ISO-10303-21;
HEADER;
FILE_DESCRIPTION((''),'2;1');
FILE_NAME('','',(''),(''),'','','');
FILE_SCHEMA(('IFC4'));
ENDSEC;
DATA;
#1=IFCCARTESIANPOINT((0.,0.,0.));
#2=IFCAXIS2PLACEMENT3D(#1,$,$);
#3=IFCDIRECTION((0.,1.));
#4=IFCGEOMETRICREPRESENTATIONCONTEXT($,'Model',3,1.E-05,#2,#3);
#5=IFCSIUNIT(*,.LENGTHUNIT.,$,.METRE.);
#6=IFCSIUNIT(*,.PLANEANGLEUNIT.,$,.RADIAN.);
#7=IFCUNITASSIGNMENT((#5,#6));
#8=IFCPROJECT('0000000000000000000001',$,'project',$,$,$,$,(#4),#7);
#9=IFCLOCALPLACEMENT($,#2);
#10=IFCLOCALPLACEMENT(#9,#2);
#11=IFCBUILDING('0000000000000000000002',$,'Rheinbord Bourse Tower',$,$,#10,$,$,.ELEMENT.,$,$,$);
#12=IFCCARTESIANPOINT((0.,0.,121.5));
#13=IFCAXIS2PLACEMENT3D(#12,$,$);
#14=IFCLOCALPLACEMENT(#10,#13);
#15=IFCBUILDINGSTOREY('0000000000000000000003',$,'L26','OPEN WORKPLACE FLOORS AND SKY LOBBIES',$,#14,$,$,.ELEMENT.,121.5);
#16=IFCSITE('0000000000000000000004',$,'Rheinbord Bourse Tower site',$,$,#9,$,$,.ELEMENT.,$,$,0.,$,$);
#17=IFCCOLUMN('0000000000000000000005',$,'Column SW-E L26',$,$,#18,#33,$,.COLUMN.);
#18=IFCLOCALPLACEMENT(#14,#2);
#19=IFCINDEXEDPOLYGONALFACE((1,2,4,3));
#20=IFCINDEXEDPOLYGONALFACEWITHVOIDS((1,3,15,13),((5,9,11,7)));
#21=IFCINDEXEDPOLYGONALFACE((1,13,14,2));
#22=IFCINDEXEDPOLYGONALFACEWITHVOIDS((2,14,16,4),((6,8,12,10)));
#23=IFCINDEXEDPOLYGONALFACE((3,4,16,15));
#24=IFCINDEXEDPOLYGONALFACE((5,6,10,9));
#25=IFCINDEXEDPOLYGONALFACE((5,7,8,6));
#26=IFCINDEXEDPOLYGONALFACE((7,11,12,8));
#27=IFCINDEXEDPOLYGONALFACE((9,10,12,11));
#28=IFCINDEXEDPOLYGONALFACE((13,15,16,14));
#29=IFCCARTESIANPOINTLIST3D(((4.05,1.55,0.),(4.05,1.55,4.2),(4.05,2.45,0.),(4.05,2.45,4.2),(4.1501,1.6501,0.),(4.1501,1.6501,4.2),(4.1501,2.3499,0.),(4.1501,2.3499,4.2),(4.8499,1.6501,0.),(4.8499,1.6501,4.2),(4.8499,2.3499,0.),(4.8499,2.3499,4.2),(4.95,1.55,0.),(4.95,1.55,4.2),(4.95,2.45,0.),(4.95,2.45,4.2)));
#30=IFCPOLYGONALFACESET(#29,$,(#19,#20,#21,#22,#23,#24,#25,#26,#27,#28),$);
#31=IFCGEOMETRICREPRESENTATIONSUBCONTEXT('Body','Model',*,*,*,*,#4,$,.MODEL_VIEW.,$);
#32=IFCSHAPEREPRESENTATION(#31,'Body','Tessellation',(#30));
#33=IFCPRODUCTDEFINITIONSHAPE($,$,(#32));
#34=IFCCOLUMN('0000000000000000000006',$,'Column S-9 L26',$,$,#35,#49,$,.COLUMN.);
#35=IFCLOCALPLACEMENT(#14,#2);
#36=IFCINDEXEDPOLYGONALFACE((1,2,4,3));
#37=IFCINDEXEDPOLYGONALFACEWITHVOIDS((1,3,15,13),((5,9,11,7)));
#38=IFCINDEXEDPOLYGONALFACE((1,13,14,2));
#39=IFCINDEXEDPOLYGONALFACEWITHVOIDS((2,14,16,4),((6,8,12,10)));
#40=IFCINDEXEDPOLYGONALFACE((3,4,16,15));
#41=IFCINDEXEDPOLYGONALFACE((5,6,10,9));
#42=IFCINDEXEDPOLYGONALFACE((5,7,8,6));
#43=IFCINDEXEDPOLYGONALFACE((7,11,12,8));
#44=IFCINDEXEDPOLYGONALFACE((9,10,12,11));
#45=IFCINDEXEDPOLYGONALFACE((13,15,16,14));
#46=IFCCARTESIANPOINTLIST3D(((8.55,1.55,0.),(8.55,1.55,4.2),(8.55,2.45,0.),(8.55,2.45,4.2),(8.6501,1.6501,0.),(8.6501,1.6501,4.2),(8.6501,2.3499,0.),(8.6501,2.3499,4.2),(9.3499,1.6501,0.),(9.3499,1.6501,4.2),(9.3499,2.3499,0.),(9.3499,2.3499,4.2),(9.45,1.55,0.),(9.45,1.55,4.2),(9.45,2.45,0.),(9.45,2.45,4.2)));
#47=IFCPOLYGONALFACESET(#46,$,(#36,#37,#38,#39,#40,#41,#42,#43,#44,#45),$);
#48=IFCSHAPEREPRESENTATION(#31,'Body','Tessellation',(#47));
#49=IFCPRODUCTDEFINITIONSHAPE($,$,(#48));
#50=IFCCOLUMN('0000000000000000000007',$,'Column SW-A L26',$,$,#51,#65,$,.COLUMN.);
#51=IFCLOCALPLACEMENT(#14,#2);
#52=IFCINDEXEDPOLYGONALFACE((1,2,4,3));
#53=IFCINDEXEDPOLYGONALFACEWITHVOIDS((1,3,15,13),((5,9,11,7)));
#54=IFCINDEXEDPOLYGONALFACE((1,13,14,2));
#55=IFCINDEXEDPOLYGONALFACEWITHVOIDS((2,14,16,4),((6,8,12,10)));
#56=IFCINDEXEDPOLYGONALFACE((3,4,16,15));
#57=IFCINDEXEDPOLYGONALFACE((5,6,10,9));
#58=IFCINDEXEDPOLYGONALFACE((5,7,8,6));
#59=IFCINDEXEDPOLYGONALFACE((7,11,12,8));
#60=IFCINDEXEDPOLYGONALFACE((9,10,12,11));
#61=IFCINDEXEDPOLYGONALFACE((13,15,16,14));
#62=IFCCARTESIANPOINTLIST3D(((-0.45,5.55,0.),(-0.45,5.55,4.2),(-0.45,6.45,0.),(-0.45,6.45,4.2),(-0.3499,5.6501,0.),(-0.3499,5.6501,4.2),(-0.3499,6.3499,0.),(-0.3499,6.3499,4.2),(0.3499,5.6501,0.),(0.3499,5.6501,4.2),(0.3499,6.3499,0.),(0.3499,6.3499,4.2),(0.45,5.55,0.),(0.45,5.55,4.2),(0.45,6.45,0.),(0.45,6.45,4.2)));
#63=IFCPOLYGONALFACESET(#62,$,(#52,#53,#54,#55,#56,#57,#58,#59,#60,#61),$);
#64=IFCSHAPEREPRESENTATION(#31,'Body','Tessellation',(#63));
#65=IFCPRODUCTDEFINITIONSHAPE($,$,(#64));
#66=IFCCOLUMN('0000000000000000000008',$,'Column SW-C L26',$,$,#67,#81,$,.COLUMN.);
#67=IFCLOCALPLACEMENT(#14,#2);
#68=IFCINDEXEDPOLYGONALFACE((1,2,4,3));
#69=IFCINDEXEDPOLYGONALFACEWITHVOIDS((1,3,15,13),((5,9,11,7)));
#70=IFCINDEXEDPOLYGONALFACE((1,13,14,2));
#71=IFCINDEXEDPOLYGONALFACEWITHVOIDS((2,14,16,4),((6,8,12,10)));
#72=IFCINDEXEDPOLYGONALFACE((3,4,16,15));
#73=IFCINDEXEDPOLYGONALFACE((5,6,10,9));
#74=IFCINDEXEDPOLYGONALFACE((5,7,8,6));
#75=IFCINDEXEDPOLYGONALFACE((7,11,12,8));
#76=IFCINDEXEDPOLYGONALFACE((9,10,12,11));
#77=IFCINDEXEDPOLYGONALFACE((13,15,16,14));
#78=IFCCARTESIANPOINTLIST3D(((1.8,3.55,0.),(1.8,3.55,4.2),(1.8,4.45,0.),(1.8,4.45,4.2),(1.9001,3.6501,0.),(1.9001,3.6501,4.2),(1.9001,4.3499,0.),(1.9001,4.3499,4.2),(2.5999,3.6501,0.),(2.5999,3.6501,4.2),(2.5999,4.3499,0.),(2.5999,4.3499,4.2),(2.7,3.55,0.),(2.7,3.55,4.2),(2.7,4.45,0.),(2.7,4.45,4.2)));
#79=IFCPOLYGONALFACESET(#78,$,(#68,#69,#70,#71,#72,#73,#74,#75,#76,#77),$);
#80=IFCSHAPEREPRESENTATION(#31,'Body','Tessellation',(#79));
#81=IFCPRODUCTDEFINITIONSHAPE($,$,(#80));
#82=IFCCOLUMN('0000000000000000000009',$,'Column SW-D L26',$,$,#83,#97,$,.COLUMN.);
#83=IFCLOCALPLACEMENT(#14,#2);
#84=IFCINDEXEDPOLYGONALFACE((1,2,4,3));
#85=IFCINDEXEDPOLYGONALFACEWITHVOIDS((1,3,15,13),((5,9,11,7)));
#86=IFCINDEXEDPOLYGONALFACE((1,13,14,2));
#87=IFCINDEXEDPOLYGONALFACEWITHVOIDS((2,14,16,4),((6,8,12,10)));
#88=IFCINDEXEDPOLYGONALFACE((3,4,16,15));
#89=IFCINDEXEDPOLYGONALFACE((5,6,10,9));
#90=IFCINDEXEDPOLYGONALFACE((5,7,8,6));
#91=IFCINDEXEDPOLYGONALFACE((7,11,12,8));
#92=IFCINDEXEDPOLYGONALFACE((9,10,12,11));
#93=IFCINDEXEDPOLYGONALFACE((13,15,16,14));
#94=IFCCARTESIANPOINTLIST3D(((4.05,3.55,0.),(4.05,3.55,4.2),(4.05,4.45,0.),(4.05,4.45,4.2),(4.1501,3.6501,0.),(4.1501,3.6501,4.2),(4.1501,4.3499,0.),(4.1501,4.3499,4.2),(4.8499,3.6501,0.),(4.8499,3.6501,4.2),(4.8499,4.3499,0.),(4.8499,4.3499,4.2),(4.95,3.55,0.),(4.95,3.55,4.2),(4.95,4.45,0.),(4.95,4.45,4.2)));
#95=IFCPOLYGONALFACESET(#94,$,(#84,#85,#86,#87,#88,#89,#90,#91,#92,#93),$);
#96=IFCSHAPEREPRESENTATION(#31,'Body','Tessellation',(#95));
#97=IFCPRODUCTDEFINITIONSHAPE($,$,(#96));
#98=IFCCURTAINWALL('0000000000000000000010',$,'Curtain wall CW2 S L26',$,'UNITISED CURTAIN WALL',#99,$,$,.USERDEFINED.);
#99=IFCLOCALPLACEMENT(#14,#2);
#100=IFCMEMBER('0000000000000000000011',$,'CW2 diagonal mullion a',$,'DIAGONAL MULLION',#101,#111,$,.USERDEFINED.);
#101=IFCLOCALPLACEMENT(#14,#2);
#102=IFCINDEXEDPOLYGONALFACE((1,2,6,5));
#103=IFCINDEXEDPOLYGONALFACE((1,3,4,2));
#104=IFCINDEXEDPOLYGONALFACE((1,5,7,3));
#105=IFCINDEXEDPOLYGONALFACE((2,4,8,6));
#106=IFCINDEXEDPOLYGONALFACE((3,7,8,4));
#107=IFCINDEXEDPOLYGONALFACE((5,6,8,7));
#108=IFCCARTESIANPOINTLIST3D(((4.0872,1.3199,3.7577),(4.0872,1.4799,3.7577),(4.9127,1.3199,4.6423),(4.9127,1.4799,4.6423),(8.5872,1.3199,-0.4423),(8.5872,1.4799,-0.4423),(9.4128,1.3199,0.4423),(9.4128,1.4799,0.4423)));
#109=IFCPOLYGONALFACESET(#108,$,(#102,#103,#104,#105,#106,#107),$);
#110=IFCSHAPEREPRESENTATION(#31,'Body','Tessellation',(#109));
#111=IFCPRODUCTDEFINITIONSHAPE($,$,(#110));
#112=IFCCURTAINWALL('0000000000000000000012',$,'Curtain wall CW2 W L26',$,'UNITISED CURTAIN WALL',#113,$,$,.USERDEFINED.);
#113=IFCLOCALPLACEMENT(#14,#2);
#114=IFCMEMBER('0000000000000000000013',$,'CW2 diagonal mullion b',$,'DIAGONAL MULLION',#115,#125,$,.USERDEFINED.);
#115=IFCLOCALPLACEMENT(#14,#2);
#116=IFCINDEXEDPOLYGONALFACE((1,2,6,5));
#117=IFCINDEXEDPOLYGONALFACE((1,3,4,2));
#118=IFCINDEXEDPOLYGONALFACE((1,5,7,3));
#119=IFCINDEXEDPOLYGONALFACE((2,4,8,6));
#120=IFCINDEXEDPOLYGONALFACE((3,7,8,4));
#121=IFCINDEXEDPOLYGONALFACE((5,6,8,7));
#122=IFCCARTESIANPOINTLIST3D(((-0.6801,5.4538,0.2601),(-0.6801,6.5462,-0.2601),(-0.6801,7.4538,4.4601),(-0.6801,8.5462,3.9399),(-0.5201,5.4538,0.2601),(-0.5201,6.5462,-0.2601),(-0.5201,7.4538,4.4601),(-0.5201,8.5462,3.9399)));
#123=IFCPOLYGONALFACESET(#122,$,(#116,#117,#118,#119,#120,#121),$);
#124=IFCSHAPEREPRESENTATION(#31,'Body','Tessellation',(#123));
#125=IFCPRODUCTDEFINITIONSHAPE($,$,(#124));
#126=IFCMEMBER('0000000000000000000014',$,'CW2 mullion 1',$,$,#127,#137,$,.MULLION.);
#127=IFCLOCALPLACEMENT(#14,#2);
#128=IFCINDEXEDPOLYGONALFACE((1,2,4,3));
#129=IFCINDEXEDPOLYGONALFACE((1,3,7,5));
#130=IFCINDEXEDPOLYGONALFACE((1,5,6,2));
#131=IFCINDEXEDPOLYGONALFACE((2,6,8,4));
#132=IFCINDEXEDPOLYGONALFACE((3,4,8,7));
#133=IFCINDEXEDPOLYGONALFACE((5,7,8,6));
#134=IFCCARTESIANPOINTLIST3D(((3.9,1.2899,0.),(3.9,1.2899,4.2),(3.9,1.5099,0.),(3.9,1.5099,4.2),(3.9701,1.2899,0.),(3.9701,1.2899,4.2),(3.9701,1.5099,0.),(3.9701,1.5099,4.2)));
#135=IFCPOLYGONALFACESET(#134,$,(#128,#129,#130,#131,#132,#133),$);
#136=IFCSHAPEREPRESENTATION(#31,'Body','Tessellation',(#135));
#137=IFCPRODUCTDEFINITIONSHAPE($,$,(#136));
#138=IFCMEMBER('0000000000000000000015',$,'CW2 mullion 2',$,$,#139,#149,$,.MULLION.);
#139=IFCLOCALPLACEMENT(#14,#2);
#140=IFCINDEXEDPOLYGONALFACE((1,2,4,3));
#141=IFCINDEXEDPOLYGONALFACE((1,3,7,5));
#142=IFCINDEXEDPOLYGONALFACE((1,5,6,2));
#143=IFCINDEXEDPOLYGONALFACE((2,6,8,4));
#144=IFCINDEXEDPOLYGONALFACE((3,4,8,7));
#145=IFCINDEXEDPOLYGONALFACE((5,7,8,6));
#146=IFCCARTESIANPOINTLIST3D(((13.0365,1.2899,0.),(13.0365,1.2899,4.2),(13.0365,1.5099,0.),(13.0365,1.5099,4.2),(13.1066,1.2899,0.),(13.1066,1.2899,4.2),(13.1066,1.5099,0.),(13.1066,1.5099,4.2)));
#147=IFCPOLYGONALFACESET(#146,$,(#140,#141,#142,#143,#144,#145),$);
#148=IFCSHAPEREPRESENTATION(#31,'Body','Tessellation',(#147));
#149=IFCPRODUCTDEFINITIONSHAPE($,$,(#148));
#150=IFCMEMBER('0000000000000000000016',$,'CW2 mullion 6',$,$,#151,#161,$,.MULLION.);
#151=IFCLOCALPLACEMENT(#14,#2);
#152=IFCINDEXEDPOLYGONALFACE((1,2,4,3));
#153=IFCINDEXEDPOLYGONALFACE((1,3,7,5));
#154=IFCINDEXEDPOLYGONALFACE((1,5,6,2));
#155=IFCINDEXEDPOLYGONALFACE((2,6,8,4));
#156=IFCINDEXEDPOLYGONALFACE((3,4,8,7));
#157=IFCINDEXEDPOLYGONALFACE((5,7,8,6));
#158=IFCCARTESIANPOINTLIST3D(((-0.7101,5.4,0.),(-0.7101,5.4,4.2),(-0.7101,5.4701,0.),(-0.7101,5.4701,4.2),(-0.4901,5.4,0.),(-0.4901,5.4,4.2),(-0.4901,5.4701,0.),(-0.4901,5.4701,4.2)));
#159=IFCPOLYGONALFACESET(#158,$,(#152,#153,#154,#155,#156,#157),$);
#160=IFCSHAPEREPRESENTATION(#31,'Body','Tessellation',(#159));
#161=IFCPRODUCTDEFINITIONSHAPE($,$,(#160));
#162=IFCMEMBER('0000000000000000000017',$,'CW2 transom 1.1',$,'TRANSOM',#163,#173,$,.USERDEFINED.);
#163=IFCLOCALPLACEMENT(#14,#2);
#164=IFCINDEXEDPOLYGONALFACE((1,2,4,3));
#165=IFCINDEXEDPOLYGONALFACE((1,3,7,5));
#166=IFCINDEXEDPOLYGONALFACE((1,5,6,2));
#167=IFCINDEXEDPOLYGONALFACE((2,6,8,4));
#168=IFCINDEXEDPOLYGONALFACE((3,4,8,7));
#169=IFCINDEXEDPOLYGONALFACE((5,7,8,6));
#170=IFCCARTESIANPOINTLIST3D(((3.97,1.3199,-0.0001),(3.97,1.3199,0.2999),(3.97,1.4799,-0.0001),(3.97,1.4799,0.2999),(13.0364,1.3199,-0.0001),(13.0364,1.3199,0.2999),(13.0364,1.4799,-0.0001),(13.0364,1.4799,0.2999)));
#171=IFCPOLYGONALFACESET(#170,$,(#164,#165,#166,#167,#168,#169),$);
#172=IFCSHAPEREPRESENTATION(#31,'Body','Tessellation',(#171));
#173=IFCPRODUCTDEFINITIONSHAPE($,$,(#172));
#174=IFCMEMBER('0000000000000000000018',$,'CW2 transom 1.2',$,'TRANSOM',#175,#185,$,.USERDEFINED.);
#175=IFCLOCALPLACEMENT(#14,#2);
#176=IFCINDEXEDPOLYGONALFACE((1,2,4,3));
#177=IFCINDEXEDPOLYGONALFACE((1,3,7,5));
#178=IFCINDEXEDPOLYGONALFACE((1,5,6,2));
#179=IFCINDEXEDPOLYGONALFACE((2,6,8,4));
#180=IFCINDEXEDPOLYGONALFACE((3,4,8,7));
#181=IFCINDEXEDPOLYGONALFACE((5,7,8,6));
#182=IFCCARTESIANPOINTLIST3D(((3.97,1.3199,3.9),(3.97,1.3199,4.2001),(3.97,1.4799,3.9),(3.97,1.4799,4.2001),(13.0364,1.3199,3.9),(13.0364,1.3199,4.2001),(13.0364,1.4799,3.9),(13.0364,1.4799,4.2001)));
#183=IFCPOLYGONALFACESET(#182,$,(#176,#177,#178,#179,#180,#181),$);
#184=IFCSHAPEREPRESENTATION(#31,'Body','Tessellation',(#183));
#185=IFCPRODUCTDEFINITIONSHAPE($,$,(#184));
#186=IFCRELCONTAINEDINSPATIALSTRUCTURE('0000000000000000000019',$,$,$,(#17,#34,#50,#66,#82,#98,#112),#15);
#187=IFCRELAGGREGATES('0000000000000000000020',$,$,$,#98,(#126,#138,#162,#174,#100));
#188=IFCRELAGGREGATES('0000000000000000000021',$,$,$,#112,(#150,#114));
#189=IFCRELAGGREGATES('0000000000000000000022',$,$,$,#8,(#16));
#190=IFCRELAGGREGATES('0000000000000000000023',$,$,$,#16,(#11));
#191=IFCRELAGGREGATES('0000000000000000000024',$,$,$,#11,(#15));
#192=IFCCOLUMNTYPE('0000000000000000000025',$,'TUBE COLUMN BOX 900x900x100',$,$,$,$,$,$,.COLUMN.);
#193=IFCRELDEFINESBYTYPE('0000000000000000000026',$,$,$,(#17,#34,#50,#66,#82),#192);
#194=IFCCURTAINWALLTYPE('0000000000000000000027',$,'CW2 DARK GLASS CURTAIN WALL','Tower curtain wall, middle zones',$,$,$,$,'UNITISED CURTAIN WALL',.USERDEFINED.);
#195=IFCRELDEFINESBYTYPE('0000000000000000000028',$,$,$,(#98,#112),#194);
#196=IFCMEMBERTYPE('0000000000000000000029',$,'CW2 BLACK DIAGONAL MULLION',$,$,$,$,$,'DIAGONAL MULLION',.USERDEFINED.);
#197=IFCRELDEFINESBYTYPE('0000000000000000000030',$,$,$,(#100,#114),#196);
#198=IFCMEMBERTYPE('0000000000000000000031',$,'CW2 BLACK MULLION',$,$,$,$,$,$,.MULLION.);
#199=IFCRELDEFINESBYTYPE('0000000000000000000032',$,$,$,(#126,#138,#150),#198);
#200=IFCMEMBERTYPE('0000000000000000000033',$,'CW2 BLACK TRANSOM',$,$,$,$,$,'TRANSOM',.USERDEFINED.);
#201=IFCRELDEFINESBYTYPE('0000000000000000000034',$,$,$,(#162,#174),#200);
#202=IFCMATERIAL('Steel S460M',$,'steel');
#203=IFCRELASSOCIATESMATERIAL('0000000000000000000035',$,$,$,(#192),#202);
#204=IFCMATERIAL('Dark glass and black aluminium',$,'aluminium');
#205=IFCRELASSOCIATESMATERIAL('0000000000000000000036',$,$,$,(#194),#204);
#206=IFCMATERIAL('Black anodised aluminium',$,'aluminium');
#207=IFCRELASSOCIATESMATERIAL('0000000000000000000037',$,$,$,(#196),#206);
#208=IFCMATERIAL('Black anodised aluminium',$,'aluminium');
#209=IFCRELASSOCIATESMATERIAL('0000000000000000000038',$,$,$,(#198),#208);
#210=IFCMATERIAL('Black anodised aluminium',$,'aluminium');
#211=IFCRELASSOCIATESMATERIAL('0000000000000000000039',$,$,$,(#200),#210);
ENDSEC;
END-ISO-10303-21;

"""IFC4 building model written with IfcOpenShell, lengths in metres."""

from ifc_helpers import new_model, si_unit, direction, frame, origin, origin_2d, place, context, subcontext, project, spatial, rectangle, hollow_rectangle, extrude, material, material_profile, profile_set, type_object, element, aggregate, save


model = new_model("IFC4")

# Units and contexts
model_context = context("Model", 3, precision=1e-05, world=origin(), true_north=direction((0.0, 1.0)))
body_context = subcontext(model_context, "Body", "Model", "MODEL_VIEW")
ifc_project = project(units=[si_unit("LENGTHUNIT", "METRE"), si_unit("PLANEANGLEUNIT", "RADIAN")], contexts=[model_context])

# Site, building, storey
site_placement = place(None, origin())
site = spatial("IfcSite", under=ifc_project, at=site_placement, Name="Rheinbord Bourse Tower site", CompositionType="ELEMENT", RefElevation=0.0)
building_placement = place(site_placement, origin())
building = spatial("IfcBuilding", under=site, at=building_placement, Name="Rheinbord Bourse Tower", CompositionType="ELEMENT")
storey_placement = place(building_placement, frame((0.0, 0.0, 121.5)))
storey = spatial("IfcBuildingStorey", under=building, at=storey_placement, Name="L26", Description="OPEN WORKPLACE FLOORS AND SKY LOBBIES", CompositionType="ELEMENT", Elevation=121.5)

# Columns
ifc_material_1 = material(Name="Steel S460M", Category="steel")
ifc_material_profile_1 = material_profile(ifc_material_1, hollow_rectangle(XDim=0.8999, YDim=0.8999, WallThickness=0.1001, at=origin_2d()), Name="BOX 900x900x100")
ifc_profile_set_1 = profile_set([ifc_material_profile_1], Name="Steel S460M")
column_type = type_object("IfcColumnType", Name="TUBE COLUMN BOX 900x900x100", PredefinedType="COLUMN", material=ifc_profile_set_1)
for number, where, z_axis, x_axis, name in (
    (1, (4.5, 2.0, 0.0), (0.0, 0.0, 1.0), (0.0, 1.0, 0.0), "Column SW-E L26"),
    (2, (9.0, 2.0, 0.0), (0.0, 0.0, 1.0), (0.0, 1.0, 0.0), "Column S-9 L26"),
    (3, (0.0, 6.0, 0.0), (0.0, 0.0, 1.0), (1.0, 0.0, 0.0), "Column SW-A L26"),
    (4, (2.25, 4.0, 0.0), (0.0, 0.0, 1.0), (1.0, 0.0, 0.0), "Column SW-C L26"),
    (5, (4.5, 4.0, 0.0), (0.0, 0.0, 1.0), (0.0, 1.0, 0.0), "Column SW-D L26"),
):
    element("IfcColumn", number, at=place(storey_placement, frame(where, z_axis=z_axis, x_axis=x_axis)), inside=storey, type_object=column_type, Name=name, PredefinedType="COLUMN", context=body_context, shape_type="SweptSolid", body=[
        extrude(hollow_rectangle(XDim=0.8999, YDim=0.8999, WallThickness=0.1001, at=origin_2d()), origin(), (0.0, 0.0, 1.0), 4.2),
    ])

# Curtain walls, members
ifc_material_2 = material(Name="Dark glass and black aluminium", Category="aluminium")
curtain_wall_type = type_object("IfcCurtainWallType", Name="CW2 DARK GLASS CURTAIN WALL", Description="Tower curtain wall, middle zones", ElementType="UNITISED CURTAIN WALL", PredefinedType="USERDEFINED", material=ifc_material_2)
curtain_wall_1_placement = place(storey_placement, origin())
curtain_wall_1 = element("IfcCurtainWall", 6, at=curtain_wall_1_placement, inside=storey, type_object=curtain_wall_type, Name="Curtain wall CW2 S L26", ObjectType="UNITISED CURTAIN WALL", PredefinedType="USERDEFINED")
ifc_material_3 = material(Name="Black anodised aluminium", Category="aluminium")
ifc_material_profile_2 = material_profile(ifc_material_3, rectangle(XDim=0.1599, YDim=1.21, at=origin_2d()), Name="CW2 DIAGONAL MULLION 1210x160")
ifc_profile_set_2 = profile_set([ifc_material_profile_2], Name="Black anodised aluminium")
member_type_1 = type_object("IfcMemberType", Name="CW2 BLACK DIAGONAL MULLION", ElementType="DIAGONAL MULLION", PredefinedType="USERDEFINED", material=ifc_profile_set_2)
member_1_placement = place(storey_placement, frame((9.0, 1.3999, 0.0), z_axis=(-0.731059, 0.0, 0.682314), x_axis=(0.0, -1.0, 0.0)))
member_1 = element("IfcMember", 7, at=member_1_placement, type_object=member_type_1, Name="CW2 diagonal mullion a", ObjectType="DIAGONAL MULLION", PredefinedType="USERDEFINED", context=body_context, shape_type="SweptSolid", body=[
    extrude(rectangle(XDim=0.1599, YDim=1.21, at=origin_2d()), origin(), (0.0, 0.0, 1.0), 6.1555),
])
curtain_wall_2_placement = place(storey_placement, origin())
curtain_wall_2 = element("IfcCurtainWall", 8, at=curtain_wall_2_placement, inside=storey, type_object=curtain_wall_type, Name="Curtain wall CW2 W L26", ObjectType="UNITISED CURTAIN WALL", PredefinedType="USERDEFINED")
member_2_placement = place(storey_placement, frame((-0.6001, 6.0, 0.0), z_axis=(0.0, 0.429938, 0.902859), x_axis=(-1.0, 0.0, 0.0)))
member_2 = element("IfcMember", 9, at=member_2_placement, type_object=member_type_1, Name="CW2 diagonal mullion b", ObjectType="DIAGONAL MULLION", PredefinedType="USERDEFINED", context=body_context, shape_type="SweptSolid", body=[
    extrude(rectangle(XDim=0.1599, YDim=1.21, at=origin_2d()), origin(), (0.0, 0.0, 1.0), 4.6519),
])

# Members
ifc_material_4 = material(Name="Black anodised aluminium", Category="aluminium")
ifc_material_profile_3 = material_profile(ifc_material_4, rectangle(XDim=0.22, YDim=0.0701, at=origin_2d()), Name="CW2 MULLION 70x220")
ifc_profile_set_3 = profile_set([ifc_material_profile_3], Name="Black anodised aluminium")
member_type_2 = type_object("IfcMemberType", Name="CW2 BLACK MULLION", PredefinedType="MULLION", material=ifc_profile_set_3)
member_3_placement = place(storey_placement, frame((3.9351, 1.3999, 0.0), z_axis=(0.0, 0.0, 1.0), x_axis=(0.0, 1.0, 0.0)))
member_3 = element("IfcMember", 10, at=member_3_placement, type_object=member_type_2, Name="CW2 mullion 1", PredefinedType="MULLION", context=body_context, shape_type="SweptSolid", body=[
    extrude(rectangle(XDim=0.22, YDim=0.0701, at=origin_2d()), origin(), (0.0, 0.0, 1.0), 4.2),
])
member_4_placement = place(storey_placement, frame((13.0715, 1.3999, 0.0), z_axis=(0.0, 0.0, 1.0), x_axis=(0.0, 1.0, 0.0)))
member_4 = element("IfcMember", 11, at=member_4_placement, type_object=member_type_2, Name="CW2 mullion 2", PredefinedType="MULLION", context=body_context, shape_type="SweptSolid", body=[
    extrude(rectangle(XDim=0.22, YDim=0.0701, at=origin_2d()), origin(), (0.0, 0.0, 1.0), 4.2),
])
member_5_placement = place(storey_placement, frame((-0.6001, 5.4351, 0.0), z_axis=(0.0, 0.0, 1.0), x_axis=(1.0, 0.0, 0.0)))
member_5 = element("IfcMember", 12, at=member_5_placement, type_object=member_type_2, Name="CW2 mullion 6", PredefinedType="MULLION", context=body_context, shape_type="SweptSolid", body=[
    extrude(rectangle(XDim=0.22, YDim=0.0701, at=origin_2d()), origin(), (0.0, 0.0, 1.0), 4.2),
])
ifc_material_5 = material(Name="Black anodised aluminium", Category="aluminium")
ifc_material_profile_4 = material_profile(ifc_material_5, rectangle(XDim=0.1599, YDim=0.3, at=origin_2d()), Name="CW2 TRANSOM 300x160")
ifc_profile_set_4 = profile_set([ifc_material_profile_4], Name="Black anodised aluminium")
member_type_3 = type_object("IfcMemberType", Name="CW2 BLACK TRANSOM", ElementType="TRANSOM", PredefinedType="USERDEFINED", material=ifc_profile_set_4)
member_6_placement = place(storey_placement, frame((3.97, 1.3999, 0.1499), z_axis=(1.0, 0.0, 0.0), x_axis=(0.0, 1.0, 0.0)))
member_6 = element("IfcMember", 13, at=member_6_placement, type_object=member_type_3, Name="CW2 transom 1.1", ObjectType="TRANSOM", PredefinedType="USERDEFINED", context=body_context, shape_type="SweptSolid", body=[
    extrude(rectangle(XDim=0.1599, YDim=0.3, at=origin_2d()), origin(), (0.0, 0.0, 1.0), 9.0664),
])
member_7_placement = place(storey_placement, frame((3.97, 1.3999, 4.05), z_axis=(1.0, 0.0, 0.0), x_axis=(0.0, 1.0, 0.0)))
member_7 = element("IfcMember", 14, at=member_7_placement, type_object=member_type_3, Name="CW2 transom 1.2", ObjectType="TRANSOM", PredefinedType="USERDEFINED", context=body_context, shape_type="SweptSolid", body=[
    extrude(rectangle(XDim=0.1599, YDim=0.3, at=origin_2d()), origin(), (0.0, 0.0, 1.0), 9.0664),
])

aggregate(curtain_wall_1, [member_3, member_4, member_6, member_7, member_1])
aggregate(curtain_wall_2, [member_5, member_2])

save(model, "model.ifc")
